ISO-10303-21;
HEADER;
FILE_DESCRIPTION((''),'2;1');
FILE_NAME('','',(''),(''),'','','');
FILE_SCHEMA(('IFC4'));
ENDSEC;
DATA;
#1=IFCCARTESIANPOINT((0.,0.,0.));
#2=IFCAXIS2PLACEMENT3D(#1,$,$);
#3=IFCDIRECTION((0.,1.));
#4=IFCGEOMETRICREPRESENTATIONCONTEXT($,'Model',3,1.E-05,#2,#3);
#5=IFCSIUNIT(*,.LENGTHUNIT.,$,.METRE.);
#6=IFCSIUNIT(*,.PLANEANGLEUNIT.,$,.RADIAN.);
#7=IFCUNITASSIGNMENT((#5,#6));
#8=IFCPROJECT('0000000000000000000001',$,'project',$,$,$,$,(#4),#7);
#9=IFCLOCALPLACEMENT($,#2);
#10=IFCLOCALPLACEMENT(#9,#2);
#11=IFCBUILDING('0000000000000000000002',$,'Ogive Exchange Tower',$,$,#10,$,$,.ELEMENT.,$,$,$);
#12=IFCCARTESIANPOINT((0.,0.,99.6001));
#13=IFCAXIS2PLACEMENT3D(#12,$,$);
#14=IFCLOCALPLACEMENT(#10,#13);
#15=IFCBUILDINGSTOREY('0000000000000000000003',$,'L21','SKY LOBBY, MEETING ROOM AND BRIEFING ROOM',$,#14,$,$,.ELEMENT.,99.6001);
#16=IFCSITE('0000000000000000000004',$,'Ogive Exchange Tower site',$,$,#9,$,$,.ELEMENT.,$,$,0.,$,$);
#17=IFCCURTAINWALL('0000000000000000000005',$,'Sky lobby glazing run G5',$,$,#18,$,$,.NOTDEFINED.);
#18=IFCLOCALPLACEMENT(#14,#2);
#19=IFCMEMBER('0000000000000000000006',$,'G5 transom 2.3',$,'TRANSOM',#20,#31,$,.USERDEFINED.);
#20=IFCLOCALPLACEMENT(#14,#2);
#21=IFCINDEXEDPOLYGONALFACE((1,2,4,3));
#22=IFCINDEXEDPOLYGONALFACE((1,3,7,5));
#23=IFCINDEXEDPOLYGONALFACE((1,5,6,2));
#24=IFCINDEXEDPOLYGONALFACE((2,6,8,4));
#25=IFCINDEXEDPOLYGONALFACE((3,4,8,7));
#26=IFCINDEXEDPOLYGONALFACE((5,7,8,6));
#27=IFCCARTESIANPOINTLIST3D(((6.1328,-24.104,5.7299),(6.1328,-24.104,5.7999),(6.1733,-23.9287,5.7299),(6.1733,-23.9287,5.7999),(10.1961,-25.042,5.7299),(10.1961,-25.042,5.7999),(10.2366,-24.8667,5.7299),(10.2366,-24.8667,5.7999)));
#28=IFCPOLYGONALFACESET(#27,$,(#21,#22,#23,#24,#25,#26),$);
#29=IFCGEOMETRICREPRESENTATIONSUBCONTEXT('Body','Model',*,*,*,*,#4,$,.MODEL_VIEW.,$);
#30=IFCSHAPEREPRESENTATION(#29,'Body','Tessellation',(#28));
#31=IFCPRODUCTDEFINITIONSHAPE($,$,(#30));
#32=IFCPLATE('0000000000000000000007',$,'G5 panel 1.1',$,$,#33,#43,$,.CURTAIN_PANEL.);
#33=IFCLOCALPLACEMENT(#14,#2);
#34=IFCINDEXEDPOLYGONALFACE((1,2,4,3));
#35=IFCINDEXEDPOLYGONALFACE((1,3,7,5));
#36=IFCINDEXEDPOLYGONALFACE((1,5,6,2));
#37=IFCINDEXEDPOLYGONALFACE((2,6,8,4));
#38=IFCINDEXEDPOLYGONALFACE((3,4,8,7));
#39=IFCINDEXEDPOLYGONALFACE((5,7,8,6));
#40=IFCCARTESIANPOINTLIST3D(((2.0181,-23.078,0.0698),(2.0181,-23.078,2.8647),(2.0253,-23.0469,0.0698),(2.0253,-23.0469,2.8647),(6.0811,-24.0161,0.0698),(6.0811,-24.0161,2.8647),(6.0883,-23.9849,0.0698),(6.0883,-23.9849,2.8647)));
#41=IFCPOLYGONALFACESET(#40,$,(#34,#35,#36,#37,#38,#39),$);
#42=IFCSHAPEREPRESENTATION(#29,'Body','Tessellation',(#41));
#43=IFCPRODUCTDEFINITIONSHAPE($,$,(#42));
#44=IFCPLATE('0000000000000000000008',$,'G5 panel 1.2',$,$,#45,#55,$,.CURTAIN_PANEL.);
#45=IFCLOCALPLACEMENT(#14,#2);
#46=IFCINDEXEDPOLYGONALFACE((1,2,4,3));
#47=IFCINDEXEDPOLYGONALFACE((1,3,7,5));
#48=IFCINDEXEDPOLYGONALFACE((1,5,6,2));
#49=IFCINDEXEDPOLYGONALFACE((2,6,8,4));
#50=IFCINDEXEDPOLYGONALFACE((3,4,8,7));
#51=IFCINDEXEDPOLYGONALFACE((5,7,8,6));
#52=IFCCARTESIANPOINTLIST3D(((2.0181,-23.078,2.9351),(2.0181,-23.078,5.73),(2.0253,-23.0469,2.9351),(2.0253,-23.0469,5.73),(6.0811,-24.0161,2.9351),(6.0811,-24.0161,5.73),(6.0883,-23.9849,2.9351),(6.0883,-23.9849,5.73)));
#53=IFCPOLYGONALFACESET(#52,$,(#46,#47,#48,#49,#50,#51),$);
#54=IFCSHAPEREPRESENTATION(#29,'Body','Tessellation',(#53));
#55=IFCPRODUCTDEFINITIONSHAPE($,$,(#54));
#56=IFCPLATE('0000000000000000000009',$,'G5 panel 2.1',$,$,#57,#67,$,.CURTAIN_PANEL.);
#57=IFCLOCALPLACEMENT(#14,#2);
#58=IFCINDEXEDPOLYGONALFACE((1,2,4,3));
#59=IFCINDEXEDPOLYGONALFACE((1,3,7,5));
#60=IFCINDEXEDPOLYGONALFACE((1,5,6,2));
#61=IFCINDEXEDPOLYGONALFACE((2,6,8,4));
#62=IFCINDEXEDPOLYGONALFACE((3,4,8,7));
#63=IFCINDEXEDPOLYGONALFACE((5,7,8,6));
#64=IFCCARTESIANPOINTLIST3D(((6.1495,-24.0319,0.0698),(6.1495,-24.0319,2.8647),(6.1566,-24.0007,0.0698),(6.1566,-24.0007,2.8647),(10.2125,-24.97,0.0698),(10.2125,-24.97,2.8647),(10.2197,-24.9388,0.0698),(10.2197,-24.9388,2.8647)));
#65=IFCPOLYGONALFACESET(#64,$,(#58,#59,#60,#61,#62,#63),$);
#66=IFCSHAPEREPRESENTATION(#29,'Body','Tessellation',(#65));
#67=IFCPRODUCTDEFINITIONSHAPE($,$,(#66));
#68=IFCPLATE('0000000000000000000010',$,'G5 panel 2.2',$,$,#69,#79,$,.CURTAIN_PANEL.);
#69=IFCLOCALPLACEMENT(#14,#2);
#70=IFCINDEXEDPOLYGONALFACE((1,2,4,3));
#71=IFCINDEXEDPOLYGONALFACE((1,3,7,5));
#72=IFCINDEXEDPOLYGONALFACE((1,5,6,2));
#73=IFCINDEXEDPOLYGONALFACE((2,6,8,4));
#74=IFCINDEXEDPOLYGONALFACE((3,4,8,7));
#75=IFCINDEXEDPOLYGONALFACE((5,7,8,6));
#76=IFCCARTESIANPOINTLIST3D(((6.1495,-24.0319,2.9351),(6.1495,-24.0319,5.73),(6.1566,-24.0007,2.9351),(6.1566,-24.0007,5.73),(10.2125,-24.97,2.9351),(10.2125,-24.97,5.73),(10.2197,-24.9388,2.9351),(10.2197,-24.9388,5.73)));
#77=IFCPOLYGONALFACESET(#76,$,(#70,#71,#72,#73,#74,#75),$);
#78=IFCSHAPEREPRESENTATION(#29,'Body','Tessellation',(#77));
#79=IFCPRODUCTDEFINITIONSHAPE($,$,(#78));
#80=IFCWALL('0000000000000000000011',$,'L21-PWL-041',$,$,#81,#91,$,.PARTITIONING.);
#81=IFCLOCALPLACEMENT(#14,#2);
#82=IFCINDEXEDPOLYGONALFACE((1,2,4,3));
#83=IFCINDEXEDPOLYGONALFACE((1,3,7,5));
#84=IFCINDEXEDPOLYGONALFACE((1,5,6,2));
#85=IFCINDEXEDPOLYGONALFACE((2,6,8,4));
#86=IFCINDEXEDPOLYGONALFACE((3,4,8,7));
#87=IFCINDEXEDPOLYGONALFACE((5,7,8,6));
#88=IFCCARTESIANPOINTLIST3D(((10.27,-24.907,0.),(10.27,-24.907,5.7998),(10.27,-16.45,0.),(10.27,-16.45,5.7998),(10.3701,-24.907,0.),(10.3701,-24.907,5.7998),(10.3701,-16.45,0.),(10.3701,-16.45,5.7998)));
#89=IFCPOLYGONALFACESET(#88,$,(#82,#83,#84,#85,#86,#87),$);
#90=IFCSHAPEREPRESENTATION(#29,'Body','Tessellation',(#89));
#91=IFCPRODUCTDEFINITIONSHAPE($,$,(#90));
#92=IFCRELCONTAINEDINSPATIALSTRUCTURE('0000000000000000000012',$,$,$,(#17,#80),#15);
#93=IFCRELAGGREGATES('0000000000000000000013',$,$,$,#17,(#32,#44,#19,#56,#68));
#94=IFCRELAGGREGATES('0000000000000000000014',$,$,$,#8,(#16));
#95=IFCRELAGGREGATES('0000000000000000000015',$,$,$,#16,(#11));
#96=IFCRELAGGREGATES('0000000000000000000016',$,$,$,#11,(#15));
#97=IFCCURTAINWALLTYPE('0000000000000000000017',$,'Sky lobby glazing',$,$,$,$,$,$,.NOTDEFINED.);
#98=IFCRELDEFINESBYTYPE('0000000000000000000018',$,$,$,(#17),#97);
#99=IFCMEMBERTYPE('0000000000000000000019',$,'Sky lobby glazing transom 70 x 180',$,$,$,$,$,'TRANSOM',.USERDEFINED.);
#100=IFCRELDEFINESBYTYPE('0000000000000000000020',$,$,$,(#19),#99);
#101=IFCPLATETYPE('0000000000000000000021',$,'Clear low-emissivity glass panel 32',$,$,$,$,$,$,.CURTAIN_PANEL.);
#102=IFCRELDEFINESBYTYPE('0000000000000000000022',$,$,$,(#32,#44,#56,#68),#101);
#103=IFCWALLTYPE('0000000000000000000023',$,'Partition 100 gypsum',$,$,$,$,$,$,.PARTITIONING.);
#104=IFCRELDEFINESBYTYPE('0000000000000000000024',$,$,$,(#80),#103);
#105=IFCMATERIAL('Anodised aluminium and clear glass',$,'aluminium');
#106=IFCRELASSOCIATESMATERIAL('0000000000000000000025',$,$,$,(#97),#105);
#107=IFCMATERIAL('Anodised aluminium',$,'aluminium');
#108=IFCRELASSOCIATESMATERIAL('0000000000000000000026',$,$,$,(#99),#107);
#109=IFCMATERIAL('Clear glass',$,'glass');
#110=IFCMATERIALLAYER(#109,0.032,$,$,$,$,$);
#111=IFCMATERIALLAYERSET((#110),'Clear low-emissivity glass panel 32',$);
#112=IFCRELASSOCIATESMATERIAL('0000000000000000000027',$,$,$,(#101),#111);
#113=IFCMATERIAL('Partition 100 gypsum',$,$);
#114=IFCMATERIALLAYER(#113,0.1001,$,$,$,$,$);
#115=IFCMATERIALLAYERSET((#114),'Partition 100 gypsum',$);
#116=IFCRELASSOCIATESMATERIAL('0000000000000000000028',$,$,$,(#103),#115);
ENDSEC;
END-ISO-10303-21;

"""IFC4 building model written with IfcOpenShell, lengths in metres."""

from ifc_helpers import new_model, si_unit, direction, frame, frame_2d, origin, origin_2d, place, context, subcontext, project, spatial, rectangle, extrude, material, layer, layer_set, material_profile, profile_set, type_object, element, aggregate, save


model = new_model("IFC4")

# Units and contexts
model_context = context("Model", 3, precision=1e-05, world=origin(), true_north=direction((0.0, 1.0)))
body_context = subcontext(model_context, "Body", "Model", "MODEL_VIEW")
ifc_project = project(units=[si_unit("LENGTHUNIT", "METRE"), si_unit("PLANEANGLEUNIT", "RADIAN")], contexts=[model_context])

# Site, building, storey
site_placement = place(None, origin())
site = spatial("IfcSite", under=ifc_project, at=site_placement, Name="Ogive Exchange Tower site", CompositionType="ELEMENT", RefElevation=0.0)
building_placement = place(site_placement, origin())
building = spatial("IfcBuilding", under=site, at=building_placement, Name="Ogive Exchange Tower", CompositionType="ELEMENT")
storey_placement = place(building_placement, frame((0.0, 0.0, 99.6001)))
storey = spatial("IfcBuildingStorey", under=building, at=storey_placement, Name="L21", Description="SKY LOBBY, MEETING ROOM AND BRIEFING ROOM", CompositionType="ELEMENT", Elevation=99.6001)

# Curtain wall
ifc_material_1 = material(Name="Anodised aluminium and clear glass", Category="aluminium")
curtain_wall_type = type_object("IfcCurtainWallType", Name="Sky lobby glazing", PredefinedType="NOTDEFINED", material=ifc_material_1)
curtain_wall_1_placement = place(storey_placement, origin())
curtain_wall_1 = element("IfcCurtainWall", 1, at=curtain_wall_1_placement, inside=storey, type_object=curtain_wall_type, Name="Sky lobby glazing run G5", PredefinedType="NOTDEFINED")
ifc_material_2 = material(Name="Anodised aluminium", Category="aluminium")

# Member
ifc_material_profile_1 = material_profile(ifc_material_2, rectangle(XDim=0.1799, YDim=0.0701, at=origin_2d()), Name="AL 70x180")
ifc_profile_set_1 = profile_set([ifc_material_profile_1], Name="Anodised aluminium")
member_type_1 = type_object("IfcMemberType", Name="Sky lobby glazing transom 70 x 180", ElementType="TRANSOM", PredefinedType="USERDEFINED", material=ifc_profile_set_1)
member_1_placement = place(storey_placement, frame((6.1531, -24.0164, 5.7649), z_axis=(0.974374, -0.224932, 0.0), x_axis=(0.224932, 0.974374, 0.0)))
member_1 = element("IfcMember", 2, at=member_1_placement, type_object=member_type_1, Name="G5 transom 2.3", ObjectType="TRANSOM", PredefinedType="USERDEFINED", context=body_context, shape_type="SweptSolid", body=[
    extrude(rectangle(XDim=0.1799, YDim=0.0701, at=origin_2d()), origin(), (0.0, 0.0, 1.0), 4.1702),
])

# Plates
ifc_material_3 = material(Name="Clear glass", Category="glass")
ifc_layer_1 = layer(ifc_material_3, 0.032)
ifc_layer_set_1 = layer_set([ifc_layer_1], Name="Clear low-emissivity glass panel 32")
plate_type = type_object("IfcPlateType", Name="Clear low-emissivity glass panel 32", PredefinedType="CURTAIN_PANEL", material=ifc_layer_set_1)
plate_1_placement = place(storey_placement, frame((4.0532, -23.5315, 0.0698), z_axis=(0.0, 0.0, 1.0), x_axis=(0.974369, -0.224958, 0.0)))
plate_1 = element("IfcPlate", 3, at=plate_1_placement, type_object=plate_type, Name="G5 panel 1.1", PredefinedType="CURTAIN_PANEL", context=body_context, shape_type="SweptSolid", body=[
    extrude(rectangle(XDim=4.1699, YDim=0.032, at=origin_2d()), origin(), (0.0, 0.0, 1.0), 2.7949),
])
plate_2_placement = place(storey_placement, frame((4.0532, -23.5315, 2.9351), z_axis=(0.0, 0.0, 1.0), x_axis=(0.974369, -0.224958, 0.0)))
plate_2 = element("IfcPlate", 4, at=plate_2_placement, type_object=plate_type, Name="G5 panel 1.2", PredefinedType="CURTAIN_PANEL", context=body_context, shape_type="SweptSolid", body=[
    extrude(rectangle(XDim=4.1699, YDim=0.032, at=origin_2d()), origin(), (0.0, 0.0, 1.0), 2.7949),
])
plate_3_placement = place(storey_placement, frame((8.1846, -24.4854, 0.0698), z_axis=(0.0, 0.0, 1.0), x_axis=(0.974369, -0.224958, 0.0)))
plate_3 = element("IfcPlate", 5, at=plate_3_placement, type_object=plate_type, Name="G5 panel 2.1", PredefinedType="CURTAIN_PANEL", context=body_context, shape_type="SweptSolid", body=[
    extrude(rectangle(XDim=4.1699, YDim=0.032, at=origin_2d()), origin(), (0.0, 0.0, 1.0), 2.7949),
])
plate_4_placement = place(storey_placement, frame((8.1846, -24.4854, 2.9351), z_axis=(0.0, 0.0, 1.0), x_axis=(0.974369, -0.224958, 0.0)))
plate_4 = element("IfcPlate", 6, at=plate_4_placement, type_object=plate_type, Name="G5 panel 2.2", PredefinedType="CURTAIN_PANEL", context=body_context, shape_type="SweptSolid", body=[
    extrude(rectangle(XDim=4.1699, YDim=0.032, at=origin_2d()), origin(), (0.0, 0.0, 1.0), 2.7949),
])
aggregate(curtain_wall_1, [plate_1, plate_2, member_1, plate_3, plate_4])

# Wall
ifc_material_4 = material(Name="Partition 100 gypsum")
ifc_layer_2 = layer(ifc_material_4, 0.1001)
ifc_layer_set_2 = layer_set([ifc_layer_2], Name="Partition 100 gypsum")
wall_type = type_object("IfcWallType", Name="Partition 100 gypsum", PredefinedType="PARTITIONING", material=ifc_layer_set_2)
wall_placement = place(storey_placement, frame((10.3201, -16.45, 0.0), z_axis=(0.0, 0.0, 1.0), x_axis=(0.0, -1.0, 0.0)))
element("IfcWall", 7, at=wall_placement, inside=storey, type_object=wall_type, Name="L21-PWL-041", PredefinedType="PARTITIONING", context=body_context, shape_type="SweptSolid", body=[
    extrude(rectangle(XDim=8.457, YDim=0.1001, at=frame_2d((4.2285, 0.0))), origin(), (0.0, 0.0, 1.0), 5.7998),
])

save(model, "model.ifc")
